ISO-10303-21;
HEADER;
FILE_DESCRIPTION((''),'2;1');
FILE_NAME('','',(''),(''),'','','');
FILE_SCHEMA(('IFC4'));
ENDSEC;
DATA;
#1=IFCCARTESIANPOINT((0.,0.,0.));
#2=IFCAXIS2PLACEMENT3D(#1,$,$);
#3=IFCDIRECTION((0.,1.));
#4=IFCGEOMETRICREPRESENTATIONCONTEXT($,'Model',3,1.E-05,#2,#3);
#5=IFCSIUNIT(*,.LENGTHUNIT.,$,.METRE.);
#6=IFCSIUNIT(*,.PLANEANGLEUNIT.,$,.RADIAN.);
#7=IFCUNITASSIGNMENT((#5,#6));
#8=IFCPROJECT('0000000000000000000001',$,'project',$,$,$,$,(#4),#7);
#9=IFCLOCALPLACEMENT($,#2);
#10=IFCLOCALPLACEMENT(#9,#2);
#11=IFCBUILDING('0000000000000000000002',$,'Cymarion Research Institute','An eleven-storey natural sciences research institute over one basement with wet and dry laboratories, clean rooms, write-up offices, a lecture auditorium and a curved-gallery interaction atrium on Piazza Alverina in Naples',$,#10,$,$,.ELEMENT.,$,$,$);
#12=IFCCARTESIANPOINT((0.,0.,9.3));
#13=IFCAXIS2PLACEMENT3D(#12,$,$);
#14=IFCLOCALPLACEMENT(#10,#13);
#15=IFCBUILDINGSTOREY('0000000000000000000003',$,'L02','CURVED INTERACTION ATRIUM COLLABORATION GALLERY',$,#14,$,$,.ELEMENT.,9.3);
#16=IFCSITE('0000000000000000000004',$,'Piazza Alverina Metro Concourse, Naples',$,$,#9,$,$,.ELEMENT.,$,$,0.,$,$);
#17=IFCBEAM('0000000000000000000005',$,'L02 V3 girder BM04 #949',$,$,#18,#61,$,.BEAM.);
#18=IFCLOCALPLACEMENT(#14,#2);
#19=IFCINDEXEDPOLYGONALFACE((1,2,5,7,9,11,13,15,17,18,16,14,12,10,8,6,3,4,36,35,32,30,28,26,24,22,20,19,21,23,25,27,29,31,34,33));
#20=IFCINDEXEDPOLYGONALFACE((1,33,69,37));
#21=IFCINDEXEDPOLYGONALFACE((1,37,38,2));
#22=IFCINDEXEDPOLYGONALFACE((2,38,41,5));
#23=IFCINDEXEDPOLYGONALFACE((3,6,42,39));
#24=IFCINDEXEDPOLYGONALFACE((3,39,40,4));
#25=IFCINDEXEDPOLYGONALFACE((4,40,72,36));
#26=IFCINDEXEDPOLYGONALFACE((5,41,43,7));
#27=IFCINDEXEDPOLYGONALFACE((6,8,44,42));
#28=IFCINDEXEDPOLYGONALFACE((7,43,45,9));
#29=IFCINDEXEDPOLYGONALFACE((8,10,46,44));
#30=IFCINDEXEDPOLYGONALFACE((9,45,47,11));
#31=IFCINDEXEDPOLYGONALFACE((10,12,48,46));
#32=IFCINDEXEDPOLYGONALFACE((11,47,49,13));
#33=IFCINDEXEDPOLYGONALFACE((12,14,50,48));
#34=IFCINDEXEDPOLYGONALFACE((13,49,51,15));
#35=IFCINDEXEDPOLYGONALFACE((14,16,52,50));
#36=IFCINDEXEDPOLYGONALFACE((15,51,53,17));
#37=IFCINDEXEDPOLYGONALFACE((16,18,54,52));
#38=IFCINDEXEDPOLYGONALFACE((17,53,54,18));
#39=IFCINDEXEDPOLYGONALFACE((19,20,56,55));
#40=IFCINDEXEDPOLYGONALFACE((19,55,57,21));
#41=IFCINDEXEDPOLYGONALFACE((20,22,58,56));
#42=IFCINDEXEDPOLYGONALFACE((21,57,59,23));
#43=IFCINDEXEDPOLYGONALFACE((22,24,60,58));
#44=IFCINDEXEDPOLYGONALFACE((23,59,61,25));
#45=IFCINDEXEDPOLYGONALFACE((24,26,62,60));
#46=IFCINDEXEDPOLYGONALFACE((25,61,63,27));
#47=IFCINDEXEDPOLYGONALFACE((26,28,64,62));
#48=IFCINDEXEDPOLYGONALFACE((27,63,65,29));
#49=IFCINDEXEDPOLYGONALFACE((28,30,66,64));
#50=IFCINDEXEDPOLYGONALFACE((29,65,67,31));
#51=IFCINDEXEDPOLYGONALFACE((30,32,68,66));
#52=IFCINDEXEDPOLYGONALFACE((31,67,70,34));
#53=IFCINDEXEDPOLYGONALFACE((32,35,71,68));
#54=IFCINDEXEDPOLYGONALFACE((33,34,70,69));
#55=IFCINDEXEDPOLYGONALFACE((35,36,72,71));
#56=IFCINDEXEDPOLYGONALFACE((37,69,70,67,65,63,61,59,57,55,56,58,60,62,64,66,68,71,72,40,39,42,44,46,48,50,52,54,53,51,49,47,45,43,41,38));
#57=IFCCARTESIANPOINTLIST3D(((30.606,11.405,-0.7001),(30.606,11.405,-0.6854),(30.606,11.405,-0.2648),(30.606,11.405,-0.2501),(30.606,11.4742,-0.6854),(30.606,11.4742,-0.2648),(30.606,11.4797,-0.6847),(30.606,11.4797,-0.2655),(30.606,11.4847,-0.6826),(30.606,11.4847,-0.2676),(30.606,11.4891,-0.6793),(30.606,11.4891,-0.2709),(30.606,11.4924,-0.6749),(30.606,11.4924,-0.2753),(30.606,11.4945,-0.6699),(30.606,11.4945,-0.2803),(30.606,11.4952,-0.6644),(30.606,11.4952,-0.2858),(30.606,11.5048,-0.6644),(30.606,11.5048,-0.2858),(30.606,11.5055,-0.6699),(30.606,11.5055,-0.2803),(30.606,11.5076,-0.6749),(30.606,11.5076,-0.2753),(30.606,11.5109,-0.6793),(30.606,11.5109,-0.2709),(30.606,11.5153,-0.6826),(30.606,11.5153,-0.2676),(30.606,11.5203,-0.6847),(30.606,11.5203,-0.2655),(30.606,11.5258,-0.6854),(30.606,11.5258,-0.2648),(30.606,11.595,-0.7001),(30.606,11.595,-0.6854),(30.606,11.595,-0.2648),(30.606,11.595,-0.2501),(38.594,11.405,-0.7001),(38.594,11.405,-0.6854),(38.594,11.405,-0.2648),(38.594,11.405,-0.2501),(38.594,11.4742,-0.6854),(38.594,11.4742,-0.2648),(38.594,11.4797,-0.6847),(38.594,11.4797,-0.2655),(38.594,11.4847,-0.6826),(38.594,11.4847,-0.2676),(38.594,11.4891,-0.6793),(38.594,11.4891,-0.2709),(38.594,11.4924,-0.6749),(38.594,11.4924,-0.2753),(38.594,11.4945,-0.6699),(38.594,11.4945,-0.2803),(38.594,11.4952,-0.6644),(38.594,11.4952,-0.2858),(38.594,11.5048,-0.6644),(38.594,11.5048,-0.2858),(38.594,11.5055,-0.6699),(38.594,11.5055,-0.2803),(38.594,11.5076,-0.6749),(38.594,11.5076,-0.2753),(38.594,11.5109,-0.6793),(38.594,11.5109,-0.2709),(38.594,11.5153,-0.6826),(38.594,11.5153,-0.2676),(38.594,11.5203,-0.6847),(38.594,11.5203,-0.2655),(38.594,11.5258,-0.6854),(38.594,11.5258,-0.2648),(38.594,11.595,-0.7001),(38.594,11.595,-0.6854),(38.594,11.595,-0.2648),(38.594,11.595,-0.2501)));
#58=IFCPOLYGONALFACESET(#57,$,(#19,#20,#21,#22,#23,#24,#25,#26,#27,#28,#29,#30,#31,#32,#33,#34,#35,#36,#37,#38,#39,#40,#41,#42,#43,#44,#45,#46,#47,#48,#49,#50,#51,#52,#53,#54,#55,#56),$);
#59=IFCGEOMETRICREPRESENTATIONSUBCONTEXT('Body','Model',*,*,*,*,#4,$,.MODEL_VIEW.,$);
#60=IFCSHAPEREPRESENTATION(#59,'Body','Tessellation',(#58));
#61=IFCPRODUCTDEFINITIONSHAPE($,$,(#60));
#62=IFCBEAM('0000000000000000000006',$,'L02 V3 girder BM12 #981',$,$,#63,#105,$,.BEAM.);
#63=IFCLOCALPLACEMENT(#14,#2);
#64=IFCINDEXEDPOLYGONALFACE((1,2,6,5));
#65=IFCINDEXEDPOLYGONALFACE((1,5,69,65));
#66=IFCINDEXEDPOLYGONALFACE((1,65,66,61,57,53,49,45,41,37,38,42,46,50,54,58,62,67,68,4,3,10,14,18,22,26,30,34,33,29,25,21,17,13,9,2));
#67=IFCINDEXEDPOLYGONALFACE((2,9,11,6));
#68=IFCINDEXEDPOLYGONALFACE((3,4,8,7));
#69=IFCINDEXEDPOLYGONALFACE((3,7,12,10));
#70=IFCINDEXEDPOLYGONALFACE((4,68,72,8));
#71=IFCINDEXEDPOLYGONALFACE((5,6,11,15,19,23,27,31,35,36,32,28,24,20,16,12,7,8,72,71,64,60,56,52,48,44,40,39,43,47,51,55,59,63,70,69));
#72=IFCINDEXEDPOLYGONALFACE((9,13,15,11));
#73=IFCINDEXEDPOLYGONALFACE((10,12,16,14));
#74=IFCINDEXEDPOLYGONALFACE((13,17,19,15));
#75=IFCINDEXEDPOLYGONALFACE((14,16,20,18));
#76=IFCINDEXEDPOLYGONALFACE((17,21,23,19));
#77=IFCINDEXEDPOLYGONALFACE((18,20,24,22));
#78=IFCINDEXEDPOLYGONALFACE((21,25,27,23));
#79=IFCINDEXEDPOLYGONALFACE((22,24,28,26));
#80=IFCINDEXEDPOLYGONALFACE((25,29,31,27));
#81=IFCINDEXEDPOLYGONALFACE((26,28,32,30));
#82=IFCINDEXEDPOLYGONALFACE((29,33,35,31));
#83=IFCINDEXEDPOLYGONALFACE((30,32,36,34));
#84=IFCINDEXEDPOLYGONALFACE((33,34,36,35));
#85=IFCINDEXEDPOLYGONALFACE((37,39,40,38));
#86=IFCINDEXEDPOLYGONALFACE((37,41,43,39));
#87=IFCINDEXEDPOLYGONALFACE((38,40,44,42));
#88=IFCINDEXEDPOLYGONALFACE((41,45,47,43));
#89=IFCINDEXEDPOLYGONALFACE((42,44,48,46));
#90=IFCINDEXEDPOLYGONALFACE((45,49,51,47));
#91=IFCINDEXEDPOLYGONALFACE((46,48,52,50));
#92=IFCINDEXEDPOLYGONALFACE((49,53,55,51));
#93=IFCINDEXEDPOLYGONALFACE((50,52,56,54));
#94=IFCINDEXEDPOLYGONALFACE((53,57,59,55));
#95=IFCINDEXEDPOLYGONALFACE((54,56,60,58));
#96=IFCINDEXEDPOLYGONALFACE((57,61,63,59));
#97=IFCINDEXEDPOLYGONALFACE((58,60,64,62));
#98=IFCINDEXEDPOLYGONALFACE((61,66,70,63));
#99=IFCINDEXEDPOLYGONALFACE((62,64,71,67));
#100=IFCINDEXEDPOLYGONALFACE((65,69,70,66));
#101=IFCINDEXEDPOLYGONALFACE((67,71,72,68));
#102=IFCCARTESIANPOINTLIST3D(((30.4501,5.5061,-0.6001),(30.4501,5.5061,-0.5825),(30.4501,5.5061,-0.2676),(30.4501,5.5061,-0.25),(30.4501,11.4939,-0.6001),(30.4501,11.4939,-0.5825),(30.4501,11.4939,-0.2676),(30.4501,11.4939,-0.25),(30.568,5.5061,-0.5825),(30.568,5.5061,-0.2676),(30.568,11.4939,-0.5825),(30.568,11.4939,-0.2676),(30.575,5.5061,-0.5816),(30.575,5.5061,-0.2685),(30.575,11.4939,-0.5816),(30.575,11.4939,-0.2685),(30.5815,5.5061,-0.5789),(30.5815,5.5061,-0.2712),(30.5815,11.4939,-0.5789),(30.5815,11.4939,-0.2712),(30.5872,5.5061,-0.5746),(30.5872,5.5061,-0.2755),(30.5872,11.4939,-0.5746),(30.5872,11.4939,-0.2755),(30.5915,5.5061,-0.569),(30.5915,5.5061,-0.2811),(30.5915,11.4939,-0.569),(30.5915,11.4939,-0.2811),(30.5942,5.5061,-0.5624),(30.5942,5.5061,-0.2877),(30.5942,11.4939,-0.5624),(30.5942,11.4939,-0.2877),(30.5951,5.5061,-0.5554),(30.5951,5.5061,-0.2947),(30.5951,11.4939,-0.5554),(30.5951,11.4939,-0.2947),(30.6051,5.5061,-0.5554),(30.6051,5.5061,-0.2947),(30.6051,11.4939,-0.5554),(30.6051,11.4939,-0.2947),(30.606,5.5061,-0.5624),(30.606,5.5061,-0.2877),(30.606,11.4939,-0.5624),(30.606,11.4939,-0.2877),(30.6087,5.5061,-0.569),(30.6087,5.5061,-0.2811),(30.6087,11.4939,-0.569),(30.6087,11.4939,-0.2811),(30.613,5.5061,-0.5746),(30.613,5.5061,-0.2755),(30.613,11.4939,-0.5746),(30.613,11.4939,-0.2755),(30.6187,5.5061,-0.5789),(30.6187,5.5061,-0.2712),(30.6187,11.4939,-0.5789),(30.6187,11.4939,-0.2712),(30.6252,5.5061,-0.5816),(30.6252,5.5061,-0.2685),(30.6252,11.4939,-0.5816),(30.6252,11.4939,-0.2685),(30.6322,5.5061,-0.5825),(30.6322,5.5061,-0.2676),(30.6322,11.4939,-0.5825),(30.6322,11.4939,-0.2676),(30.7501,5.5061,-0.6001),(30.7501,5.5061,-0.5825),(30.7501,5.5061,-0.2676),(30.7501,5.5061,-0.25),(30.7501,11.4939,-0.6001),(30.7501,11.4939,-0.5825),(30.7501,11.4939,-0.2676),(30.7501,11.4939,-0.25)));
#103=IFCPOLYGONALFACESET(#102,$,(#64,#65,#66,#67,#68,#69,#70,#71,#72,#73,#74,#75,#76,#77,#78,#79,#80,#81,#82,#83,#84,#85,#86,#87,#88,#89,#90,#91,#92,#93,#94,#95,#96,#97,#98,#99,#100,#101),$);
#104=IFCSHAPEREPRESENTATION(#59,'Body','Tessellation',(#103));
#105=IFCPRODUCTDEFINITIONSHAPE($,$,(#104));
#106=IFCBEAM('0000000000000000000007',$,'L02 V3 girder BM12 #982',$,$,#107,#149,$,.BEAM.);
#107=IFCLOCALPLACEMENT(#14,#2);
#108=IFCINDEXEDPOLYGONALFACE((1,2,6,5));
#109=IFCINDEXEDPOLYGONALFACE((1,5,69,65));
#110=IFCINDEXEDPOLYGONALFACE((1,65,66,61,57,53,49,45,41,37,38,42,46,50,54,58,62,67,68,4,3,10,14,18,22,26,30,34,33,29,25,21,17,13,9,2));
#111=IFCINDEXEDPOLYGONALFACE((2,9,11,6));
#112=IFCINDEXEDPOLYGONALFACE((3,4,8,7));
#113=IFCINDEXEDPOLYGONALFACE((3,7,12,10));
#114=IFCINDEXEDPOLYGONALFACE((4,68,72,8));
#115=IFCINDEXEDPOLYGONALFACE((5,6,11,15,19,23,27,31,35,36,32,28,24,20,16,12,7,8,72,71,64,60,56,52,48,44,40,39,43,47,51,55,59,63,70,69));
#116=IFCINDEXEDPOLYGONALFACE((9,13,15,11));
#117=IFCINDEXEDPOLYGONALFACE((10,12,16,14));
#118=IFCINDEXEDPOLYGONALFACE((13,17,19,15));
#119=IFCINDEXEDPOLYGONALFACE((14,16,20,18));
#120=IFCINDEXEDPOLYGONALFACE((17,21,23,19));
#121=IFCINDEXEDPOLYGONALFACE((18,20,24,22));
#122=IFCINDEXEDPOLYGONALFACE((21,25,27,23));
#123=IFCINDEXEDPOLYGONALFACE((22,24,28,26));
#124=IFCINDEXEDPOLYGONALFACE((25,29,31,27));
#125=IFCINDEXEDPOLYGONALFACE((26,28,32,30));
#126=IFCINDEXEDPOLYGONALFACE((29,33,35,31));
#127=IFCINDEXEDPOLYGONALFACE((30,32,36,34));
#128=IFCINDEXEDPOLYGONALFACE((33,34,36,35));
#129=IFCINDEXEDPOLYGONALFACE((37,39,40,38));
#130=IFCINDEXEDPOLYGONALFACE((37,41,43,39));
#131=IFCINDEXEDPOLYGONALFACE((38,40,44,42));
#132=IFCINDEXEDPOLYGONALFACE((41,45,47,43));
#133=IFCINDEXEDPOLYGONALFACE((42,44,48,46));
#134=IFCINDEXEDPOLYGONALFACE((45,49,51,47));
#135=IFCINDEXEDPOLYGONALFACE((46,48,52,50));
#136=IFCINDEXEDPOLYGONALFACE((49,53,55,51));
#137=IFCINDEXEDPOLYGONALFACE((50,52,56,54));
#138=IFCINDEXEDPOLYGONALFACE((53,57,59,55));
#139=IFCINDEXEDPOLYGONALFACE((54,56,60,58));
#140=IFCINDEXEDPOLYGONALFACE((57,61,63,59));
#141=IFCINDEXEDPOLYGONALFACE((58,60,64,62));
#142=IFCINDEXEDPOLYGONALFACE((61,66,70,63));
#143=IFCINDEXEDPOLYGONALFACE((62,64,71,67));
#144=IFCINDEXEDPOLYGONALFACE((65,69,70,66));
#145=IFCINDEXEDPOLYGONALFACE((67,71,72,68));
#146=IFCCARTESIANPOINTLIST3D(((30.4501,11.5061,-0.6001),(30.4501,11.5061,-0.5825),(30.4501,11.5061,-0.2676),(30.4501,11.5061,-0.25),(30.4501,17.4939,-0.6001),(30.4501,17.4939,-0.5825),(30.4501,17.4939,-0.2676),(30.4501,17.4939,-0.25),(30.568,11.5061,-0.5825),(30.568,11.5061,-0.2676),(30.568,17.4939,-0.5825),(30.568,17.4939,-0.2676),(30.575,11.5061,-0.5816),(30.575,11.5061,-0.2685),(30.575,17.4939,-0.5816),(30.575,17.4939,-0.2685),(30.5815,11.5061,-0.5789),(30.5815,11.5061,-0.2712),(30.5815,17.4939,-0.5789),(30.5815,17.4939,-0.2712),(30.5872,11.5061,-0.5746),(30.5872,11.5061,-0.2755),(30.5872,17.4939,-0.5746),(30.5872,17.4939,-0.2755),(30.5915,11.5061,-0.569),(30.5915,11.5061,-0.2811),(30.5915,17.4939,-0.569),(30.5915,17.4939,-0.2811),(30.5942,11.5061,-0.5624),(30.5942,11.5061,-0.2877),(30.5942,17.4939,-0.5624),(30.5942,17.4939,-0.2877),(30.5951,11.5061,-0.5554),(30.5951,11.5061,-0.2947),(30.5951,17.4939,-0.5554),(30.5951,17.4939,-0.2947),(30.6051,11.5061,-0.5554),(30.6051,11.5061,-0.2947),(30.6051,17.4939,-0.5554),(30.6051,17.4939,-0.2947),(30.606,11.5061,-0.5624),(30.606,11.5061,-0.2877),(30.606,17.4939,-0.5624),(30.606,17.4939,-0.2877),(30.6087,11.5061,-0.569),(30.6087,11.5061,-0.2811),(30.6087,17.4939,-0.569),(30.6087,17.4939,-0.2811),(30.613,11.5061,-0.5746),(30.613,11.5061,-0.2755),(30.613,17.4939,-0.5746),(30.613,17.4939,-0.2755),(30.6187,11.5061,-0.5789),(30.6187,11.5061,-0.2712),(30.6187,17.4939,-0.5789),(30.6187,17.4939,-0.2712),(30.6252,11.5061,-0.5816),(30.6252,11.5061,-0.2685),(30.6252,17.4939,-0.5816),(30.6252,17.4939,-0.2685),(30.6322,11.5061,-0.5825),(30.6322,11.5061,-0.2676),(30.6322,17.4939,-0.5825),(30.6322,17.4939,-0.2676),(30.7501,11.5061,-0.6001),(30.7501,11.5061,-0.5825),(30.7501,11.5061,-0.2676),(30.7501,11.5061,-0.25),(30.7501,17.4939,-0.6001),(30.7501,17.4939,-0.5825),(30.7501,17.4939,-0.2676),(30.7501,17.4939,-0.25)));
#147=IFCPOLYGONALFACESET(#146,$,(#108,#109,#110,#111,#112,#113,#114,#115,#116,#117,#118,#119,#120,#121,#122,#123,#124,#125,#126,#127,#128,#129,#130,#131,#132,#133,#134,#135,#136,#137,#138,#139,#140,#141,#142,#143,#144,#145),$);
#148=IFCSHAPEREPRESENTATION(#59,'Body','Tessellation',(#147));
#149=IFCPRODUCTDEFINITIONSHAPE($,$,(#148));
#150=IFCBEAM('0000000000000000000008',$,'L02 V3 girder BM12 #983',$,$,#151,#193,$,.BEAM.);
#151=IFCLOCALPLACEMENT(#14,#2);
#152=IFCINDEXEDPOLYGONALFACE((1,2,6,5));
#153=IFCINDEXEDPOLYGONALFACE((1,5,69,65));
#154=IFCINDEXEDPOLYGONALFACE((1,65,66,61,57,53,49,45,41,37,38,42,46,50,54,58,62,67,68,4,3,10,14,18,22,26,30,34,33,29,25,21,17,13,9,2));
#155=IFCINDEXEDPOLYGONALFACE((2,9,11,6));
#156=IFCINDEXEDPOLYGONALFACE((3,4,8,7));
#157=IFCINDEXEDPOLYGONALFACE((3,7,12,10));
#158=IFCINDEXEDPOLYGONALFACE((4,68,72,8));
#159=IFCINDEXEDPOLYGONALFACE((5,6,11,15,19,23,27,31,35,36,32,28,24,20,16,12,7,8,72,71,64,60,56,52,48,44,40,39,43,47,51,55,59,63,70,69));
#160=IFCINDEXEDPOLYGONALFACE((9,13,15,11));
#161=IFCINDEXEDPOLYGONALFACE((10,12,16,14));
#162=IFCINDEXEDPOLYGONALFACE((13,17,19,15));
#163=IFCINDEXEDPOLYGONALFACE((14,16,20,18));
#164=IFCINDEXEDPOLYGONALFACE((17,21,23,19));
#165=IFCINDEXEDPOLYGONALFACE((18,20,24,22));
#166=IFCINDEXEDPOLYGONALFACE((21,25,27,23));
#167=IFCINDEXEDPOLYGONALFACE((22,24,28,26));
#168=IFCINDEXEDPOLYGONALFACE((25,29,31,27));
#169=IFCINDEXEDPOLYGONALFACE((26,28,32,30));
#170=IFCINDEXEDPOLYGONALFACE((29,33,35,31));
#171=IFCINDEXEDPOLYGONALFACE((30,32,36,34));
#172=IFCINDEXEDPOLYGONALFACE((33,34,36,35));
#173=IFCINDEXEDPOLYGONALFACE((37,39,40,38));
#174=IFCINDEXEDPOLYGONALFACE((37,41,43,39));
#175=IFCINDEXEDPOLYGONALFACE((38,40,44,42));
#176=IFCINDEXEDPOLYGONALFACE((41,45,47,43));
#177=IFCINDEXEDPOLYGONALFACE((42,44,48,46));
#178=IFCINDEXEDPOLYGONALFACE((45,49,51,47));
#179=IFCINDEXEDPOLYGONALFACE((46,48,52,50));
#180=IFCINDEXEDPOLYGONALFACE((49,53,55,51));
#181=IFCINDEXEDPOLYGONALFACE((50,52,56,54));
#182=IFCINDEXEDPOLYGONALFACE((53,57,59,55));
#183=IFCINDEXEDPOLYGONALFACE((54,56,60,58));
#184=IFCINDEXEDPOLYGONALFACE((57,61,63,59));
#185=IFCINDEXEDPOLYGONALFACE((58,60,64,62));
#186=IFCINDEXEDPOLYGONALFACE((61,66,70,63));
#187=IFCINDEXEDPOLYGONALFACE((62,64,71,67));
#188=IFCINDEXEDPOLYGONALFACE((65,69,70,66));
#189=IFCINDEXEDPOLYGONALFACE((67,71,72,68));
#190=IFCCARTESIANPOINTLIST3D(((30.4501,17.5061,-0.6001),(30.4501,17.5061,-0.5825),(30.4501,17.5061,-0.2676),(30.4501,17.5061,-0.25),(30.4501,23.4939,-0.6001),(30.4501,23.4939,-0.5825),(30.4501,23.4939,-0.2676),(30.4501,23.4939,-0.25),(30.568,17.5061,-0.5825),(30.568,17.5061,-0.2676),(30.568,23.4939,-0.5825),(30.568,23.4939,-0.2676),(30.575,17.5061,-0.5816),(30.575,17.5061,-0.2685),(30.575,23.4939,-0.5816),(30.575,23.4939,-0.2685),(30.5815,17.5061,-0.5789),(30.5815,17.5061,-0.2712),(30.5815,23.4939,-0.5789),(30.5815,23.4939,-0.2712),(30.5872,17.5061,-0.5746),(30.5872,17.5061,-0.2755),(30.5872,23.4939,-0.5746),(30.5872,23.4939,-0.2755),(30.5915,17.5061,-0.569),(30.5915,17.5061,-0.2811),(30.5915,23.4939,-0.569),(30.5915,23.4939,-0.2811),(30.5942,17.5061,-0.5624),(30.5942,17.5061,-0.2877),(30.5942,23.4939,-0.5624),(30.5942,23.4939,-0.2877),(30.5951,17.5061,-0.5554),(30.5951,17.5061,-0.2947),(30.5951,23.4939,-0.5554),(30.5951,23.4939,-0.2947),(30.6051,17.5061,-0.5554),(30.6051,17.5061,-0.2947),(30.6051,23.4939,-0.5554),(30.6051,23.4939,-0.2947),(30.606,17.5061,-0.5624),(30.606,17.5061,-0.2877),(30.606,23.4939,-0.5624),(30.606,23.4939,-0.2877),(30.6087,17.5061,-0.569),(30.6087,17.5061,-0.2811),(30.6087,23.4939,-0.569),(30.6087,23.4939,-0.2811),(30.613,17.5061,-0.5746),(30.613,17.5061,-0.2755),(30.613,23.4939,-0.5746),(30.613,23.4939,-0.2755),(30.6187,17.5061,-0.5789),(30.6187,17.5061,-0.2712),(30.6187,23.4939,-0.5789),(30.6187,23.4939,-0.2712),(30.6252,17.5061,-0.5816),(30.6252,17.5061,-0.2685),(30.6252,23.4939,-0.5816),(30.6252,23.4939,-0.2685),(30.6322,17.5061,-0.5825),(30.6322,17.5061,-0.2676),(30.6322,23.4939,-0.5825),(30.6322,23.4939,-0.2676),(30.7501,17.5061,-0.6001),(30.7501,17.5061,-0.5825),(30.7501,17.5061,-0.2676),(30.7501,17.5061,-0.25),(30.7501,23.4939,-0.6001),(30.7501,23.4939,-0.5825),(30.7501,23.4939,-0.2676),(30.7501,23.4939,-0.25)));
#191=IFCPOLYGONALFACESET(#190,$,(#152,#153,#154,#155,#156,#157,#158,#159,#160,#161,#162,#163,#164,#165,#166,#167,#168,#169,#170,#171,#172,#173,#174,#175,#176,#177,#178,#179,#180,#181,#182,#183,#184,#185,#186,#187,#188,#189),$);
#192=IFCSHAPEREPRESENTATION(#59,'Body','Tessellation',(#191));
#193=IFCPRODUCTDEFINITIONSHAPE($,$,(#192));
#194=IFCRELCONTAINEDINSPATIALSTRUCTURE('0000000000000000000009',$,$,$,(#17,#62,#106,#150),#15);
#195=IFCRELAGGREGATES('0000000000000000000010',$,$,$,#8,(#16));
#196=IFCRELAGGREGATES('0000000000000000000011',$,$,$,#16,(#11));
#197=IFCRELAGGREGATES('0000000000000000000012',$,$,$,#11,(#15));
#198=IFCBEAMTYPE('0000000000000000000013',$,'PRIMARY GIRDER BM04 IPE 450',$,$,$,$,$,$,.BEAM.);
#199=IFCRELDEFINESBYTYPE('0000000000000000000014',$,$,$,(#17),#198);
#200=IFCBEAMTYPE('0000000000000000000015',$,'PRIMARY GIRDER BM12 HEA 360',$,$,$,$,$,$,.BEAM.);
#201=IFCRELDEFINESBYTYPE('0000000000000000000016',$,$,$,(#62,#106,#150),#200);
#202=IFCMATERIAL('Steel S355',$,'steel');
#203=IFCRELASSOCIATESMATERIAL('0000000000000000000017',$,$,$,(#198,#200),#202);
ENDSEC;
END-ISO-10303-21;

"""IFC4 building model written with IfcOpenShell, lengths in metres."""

from ifc_helpers import new_model, si_unit, direction, frame, origin, origin_2d, place, context, subcontext, project, spatial, i_section, extrude, material, material_profile, profile_set, type_object, element, save


model = new_model("IFC4")

# Units and contexts
model_context = context("Model", 3, precision=1e-05, world=origin(), true_north=direction((0.0, 1.0)))
body_context = subcontext(model_context, "Body", "Model", "MODEL_VIEW")
ifc_project = project(units=[si_unit("LENGTHUNIT", "METRE"), si_unit("PLANEANGLEUNIT", "RADIAN")], contexts=[model_context])

# Site, building, storey
site_placement = place(None, origin())
site = spatial("IfcSite", under=ifc_project, at=site_placement, Name="Piazza Alverina Metro Concourse, Naples", CompositionType="ELEMENT", RefElevation=0.0)
building_placement = place(site_placement, origin())
building = spatial("IfcBuilding", under=site, at=building_placement, Name="Cymarion Research Institute", Description="An eleven-storey natural sciences research institute over one basement with wet and dry laboratories, clean rooms, write-up offices, a lecture auditorium and a curved-gallery interaction atrium on Piazza Alverina in Naples", CompositionType="ELEMENT")
storey_placement = place(building_placement, frame((0.0, 0.0, 9.3)))
storey = spatial("IfcBuildingStorey", under=building, at=storey_placement, Name="L02", Description="CURVED INTERACTION ATRIUM COLLABORATION GALLERY", CompositionType="ELEMENT", Elevation=9.3)

# Shared definitions
ifc_material_1 = material(Name="Steel S355", Category="steel")

# Beams
ifc_material_profile_1 = material_profile(ifc_material_1, i_section(OverallWidth=0.1899, OverallDepth=0.45, WebThickness=0.0095, FlangeThickness=0.0146, FilletRadius=0.021, at=origin_2d()), Name="IPE 450")
ifc_profile_set_1 = profile_set([ifc_material_profile_1], Name="Steel S355")
beam_type_1 = type_object("IfcBeamType", Name="PRIMARY GIRDER BM04 IPE 450", PredefinedType="BEAM", material=ifc_profile_set_1)
beam_1_placement = place(storey_placement, frame((30.606, 11.5, -0.4751), z_axis=(1.0, 0.0, 0.0), x_axis=(0.0, 1.0, 0.0)))
element("IfcBeam", 1, at=beam_1_placement, inside=storey, type_object=beam_type_1, Name="L02 V3 girder BM04 #949", PredefinedType="BEAM", context=body_context, shape_type="SweptSolid", body=[
    extrude(i_section(OverallWidth=0.1899, OverallDepth=0.45, WebThickness=0.0095, FlangeThickness=0.0146, FilletRadius=0.021, at=origin_2d()), origin(), (0.0, 0.0, 1.0), 7.988),
])
ifc_material_profile_2 = material_profile(ifc_material_1, i_section(OverallWidth=0.3, OverallDepth=0.3501, WebThickness=0.01, FlangeThickness=0.0176, FilletRadius=0.0271, at=origin_2d()), Name="HEA 360")
ifc_profile_set_2 = profile_set([ifc_material_profile_2], Name="Steel S355")
beam_type_2 = type_object("IfcBeamType", Name="PRIMARY GIRDER BM12 HEA 360", PredefinedType="BEAM", material=ifc_profile_set_2)
for number, where, z_axis, x_axis, name in (
    (2, (30.6001, 5.5061, -0.425), (0.0, 1.0, 0.0), (-1.0, 0.0, 0.0), "L02 V3 girder BM12 #981"),
    (3, (30.6001, 11.5061, -0.425), (0.0, 1.0, 0.0), (-1.0, 0.0, 0.0), "L02 V3 girder BM12 #982"),
    (4, (30.6001, 17.5061, -0.425), (0.0, 1.0, 0.0), (-1.0, 0.0, 0.0), "L02 V3 girder BM12 #983"),
):
    element("IfcBeam", number, at=place(storey_placement, frame(where, z_axis=z_axis, x_axis=x_axis)), inside=storey, type_object=beam_type_2, Name=name, PredefinedType="BEAM", context=body_context, shape_type="SweptSolid", body=[
        extrude(i_section(OverallWidth=0.3, OverallDepth=0.3501, WebThickness=0.01, FlangeThickness=0.0176, FilletRadius=0.0271, at=origin_2d()), origin(), (0.0, 0.0, 1.0), 5.9878),
    ])

save(model, "model.ifc")
